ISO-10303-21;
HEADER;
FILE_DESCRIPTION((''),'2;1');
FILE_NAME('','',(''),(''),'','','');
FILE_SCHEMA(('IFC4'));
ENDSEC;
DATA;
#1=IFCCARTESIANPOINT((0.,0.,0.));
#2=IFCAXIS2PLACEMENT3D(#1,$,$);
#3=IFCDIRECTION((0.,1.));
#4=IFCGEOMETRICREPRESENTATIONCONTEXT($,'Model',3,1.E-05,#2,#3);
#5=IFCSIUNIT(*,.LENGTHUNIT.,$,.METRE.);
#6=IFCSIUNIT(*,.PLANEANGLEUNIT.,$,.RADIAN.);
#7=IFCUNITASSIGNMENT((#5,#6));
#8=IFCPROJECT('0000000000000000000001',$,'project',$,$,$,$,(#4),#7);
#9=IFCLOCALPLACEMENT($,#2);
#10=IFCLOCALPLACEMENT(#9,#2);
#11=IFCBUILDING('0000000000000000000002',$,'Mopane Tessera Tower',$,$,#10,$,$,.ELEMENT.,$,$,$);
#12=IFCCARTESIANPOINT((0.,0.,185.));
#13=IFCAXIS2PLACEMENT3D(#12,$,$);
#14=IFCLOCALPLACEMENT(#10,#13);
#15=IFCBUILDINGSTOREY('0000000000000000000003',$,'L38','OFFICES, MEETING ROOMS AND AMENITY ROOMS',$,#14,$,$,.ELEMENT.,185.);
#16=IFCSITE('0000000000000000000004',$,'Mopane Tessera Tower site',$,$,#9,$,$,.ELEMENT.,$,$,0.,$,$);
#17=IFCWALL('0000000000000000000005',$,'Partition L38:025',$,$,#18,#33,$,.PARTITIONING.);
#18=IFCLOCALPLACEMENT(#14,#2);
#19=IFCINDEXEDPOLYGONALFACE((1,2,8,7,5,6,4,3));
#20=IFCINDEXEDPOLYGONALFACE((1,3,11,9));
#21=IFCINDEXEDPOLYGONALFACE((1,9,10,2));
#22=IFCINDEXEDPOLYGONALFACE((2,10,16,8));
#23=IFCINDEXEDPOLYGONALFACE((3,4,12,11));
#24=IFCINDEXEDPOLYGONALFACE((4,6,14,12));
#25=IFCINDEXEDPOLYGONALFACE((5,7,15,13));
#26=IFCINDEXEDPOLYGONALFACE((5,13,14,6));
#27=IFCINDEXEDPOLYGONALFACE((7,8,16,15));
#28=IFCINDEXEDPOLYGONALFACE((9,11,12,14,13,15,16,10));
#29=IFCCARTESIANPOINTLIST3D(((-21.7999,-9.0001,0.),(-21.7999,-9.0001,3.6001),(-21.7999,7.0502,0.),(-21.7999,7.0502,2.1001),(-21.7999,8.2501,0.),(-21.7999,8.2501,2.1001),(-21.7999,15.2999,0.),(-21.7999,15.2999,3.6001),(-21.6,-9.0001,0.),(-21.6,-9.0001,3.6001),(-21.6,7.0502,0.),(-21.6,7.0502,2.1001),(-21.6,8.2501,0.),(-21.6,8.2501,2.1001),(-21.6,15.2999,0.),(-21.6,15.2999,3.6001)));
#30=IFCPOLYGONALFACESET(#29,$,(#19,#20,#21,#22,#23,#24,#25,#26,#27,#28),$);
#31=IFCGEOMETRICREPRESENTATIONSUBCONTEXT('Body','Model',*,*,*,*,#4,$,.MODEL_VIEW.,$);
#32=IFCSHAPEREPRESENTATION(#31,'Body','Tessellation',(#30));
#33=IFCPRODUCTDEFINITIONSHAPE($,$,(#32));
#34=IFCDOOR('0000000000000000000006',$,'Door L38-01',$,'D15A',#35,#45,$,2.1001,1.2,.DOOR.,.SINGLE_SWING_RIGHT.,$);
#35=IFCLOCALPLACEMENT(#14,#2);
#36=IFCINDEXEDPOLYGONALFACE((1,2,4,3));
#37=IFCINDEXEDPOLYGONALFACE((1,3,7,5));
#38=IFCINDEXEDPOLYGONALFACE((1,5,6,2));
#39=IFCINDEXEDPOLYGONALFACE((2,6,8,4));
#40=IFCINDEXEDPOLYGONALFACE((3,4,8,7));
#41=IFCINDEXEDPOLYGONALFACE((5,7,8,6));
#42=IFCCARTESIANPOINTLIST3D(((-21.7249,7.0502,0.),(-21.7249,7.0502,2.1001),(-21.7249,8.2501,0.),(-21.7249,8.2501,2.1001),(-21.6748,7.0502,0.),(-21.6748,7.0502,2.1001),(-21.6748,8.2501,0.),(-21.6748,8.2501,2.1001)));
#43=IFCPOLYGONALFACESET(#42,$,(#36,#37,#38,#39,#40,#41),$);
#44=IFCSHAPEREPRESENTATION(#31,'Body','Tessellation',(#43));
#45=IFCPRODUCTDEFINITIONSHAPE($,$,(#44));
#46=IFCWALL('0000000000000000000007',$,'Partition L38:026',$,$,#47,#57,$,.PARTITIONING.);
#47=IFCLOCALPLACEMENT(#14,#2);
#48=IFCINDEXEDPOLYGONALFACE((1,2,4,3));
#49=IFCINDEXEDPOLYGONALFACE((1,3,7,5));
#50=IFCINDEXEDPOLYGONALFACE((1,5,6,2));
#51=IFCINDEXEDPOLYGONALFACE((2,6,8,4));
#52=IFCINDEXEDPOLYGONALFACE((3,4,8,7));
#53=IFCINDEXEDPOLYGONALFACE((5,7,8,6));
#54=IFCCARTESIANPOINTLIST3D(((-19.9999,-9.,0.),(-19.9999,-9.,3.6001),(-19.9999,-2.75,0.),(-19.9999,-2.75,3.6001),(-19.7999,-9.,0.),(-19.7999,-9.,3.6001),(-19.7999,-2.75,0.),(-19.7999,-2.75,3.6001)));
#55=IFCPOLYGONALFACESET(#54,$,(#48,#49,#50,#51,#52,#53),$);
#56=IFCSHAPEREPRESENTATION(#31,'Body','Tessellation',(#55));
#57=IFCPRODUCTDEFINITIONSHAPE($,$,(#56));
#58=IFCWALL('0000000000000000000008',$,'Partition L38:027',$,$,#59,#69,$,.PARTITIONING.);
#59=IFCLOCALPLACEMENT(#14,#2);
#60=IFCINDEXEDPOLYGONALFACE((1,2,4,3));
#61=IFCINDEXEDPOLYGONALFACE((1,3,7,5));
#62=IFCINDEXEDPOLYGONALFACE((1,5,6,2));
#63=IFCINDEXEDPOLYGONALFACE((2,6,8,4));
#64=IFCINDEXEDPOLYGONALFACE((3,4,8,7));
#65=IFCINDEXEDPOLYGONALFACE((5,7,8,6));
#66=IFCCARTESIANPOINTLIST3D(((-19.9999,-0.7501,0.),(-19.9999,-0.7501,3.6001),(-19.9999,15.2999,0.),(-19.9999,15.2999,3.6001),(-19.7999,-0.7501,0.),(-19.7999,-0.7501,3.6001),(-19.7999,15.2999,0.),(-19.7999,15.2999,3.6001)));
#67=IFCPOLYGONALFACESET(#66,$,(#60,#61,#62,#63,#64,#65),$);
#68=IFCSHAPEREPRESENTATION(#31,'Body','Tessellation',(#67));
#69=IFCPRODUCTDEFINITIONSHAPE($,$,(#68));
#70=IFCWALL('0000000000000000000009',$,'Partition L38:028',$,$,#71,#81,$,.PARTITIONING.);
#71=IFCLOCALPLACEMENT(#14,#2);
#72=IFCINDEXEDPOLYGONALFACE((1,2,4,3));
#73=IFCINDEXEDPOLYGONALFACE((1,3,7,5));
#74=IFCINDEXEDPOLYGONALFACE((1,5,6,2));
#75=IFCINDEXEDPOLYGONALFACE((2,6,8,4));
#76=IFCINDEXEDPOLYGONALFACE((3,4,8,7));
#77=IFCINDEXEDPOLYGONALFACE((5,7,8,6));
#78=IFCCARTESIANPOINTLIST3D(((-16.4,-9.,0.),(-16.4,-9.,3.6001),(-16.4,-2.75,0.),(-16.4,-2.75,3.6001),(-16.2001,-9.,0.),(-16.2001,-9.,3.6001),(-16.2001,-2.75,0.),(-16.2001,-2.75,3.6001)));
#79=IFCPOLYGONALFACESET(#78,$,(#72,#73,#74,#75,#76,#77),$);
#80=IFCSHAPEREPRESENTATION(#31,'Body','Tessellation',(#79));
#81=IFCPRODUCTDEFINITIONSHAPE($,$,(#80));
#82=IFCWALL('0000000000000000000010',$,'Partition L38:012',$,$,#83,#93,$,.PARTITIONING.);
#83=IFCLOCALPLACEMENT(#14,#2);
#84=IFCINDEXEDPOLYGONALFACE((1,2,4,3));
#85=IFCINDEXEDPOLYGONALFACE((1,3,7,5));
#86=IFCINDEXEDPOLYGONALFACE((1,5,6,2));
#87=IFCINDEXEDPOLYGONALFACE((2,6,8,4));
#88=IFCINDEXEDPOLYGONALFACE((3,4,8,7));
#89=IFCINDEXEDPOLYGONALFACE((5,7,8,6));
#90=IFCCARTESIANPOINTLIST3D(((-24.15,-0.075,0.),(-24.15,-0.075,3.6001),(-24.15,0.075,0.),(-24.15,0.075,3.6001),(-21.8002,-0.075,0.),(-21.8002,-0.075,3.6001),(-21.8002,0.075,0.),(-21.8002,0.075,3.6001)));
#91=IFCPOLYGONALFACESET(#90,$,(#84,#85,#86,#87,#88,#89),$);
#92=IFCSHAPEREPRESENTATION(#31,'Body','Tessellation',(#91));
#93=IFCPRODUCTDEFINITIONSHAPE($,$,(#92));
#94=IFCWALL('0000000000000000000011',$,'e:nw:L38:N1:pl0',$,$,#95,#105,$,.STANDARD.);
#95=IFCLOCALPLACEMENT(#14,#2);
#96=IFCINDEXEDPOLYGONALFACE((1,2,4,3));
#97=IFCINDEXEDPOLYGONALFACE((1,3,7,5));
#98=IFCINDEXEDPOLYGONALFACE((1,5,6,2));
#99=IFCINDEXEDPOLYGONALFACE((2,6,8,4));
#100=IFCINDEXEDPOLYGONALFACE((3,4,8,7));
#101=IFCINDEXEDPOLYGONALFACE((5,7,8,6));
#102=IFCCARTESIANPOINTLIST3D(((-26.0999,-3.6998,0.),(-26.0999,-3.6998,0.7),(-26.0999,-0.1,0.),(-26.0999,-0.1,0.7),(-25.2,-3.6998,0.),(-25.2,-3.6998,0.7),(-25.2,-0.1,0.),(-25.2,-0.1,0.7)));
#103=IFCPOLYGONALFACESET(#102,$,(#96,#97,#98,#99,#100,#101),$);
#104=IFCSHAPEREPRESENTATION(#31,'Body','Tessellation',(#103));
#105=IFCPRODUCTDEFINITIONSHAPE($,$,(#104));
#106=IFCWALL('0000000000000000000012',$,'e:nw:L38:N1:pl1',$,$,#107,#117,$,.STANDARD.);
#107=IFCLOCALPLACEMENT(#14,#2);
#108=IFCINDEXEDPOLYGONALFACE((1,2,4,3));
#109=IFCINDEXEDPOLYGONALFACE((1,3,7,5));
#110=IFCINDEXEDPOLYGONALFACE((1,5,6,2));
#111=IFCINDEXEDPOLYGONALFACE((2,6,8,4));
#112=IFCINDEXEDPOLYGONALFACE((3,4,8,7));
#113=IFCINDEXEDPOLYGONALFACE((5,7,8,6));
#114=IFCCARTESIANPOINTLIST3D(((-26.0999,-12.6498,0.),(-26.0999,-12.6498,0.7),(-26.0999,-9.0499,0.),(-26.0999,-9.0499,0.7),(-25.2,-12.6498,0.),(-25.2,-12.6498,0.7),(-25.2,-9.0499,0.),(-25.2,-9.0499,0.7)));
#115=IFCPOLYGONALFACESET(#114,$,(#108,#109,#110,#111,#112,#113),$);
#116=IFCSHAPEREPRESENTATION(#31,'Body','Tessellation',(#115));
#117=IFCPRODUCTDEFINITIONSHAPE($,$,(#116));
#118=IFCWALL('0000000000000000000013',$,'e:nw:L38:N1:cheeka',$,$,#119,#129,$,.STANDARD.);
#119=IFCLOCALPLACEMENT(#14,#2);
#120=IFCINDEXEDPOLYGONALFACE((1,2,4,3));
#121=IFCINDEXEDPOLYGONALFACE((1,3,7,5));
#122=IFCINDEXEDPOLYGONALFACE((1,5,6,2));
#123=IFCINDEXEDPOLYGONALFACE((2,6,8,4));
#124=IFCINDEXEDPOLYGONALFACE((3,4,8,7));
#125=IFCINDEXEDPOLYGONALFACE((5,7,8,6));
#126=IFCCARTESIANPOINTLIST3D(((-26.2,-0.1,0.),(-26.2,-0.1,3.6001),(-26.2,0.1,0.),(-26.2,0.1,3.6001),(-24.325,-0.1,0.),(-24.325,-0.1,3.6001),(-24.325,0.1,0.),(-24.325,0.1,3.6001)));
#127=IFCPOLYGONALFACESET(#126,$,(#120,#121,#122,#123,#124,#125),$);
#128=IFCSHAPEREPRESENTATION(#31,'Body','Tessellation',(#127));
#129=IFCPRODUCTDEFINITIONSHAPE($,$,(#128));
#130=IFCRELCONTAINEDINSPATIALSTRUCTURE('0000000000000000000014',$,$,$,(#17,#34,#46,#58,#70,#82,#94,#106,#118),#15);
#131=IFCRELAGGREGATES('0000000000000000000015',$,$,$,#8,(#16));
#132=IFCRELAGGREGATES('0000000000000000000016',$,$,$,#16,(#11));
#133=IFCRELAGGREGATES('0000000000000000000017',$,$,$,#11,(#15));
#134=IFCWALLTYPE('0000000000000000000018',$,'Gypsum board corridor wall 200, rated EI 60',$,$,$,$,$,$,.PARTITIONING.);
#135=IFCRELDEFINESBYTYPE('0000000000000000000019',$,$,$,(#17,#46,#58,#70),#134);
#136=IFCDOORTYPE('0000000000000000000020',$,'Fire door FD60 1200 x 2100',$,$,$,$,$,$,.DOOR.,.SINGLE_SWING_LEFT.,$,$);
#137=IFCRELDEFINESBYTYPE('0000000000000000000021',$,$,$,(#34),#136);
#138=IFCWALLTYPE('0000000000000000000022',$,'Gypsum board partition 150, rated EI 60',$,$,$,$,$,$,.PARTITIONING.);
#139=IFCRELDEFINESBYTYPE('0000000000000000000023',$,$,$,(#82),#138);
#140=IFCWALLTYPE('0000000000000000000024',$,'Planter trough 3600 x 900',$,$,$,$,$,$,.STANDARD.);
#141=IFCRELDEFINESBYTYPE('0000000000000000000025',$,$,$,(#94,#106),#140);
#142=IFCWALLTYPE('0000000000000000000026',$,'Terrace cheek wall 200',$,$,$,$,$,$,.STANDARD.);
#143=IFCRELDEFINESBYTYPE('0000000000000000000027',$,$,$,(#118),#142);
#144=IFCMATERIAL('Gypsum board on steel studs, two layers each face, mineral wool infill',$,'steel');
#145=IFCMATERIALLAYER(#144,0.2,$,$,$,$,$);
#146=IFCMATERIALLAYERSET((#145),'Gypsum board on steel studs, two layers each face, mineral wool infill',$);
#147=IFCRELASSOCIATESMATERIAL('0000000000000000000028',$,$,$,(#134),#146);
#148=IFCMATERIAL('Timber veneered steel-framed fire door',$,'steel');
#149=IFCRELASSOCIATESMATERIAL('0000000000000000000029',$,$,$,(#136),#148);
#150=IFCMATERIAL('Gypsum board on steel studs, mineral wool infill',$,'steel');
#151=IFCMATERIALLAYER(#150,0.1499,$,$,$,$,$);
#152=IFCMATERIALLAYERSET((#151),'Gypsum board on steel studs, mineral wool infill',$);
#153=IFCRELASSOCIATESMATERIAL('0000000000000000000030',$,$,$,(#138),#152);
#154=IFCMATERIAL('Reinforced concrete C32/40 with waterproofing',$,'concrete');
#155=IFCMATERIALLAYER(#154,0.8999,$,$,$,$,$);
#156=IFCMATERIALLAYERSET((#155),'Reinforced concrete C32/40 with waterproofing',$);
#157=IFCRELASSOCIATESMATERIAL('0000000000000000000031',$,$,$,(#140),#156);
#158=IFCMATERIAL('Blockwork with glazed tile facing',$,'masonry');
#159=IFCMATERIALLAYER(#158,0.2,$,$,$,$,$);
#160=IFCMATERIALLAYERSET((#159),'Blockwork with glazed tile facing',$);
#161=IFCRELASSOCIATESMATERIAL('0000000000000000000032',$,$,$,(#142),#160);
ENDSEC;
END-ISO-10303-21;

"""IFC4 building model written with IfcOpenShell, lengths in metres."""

from ifc_helpers import new_model, si_unit, direction, frame, frame_2d, origin, place, context, subcontext, project, spatial, rectangle, extrude, material, layer, layer_set, type_object, element, fill, save


model = new_model("IFC4")

# Units and contexts
model_context = context("Model", 3, precision=1e-05, world=origin(), true_north=direction((0.0, 1.0)))
body_context = subcontext(model_context, "Body", "Model", "MODEL_VIEW")
ifc_project = project(units=[si_unit("LENGTHUNIT", "METRE"), si_unit("PLANEANGLEUNIT", "RADIAN")], contexts=[model_context])

# Site, building, storey
site_placement = place(None, origin())
site = spatial("IfcSite", under=ifc_project, at=site_placement, Name="Mopane Tessera Tower site", CompositionType="ELEMENT", RefElevation=0.0)
building_placement = place(site_placement, origin())
building = spatial("IfcBuilding", under=site, at=building_placement, Name="Mopane Tessera Tower", CompositionType="ELEMENT")
storey_placement = place(building_placement, frame((0.0, 0.0, 185.0)))
storey = spatial("IfcBuildingStorey", under=building, at=storey_placement, Name="L38", Description="OFFICES, MEETING ROOMS AND AMENITY ROOMS", CompositionType="ELEMENT", Elevation=185.0)

# Shared definitions
ifc_material_1 = material(Name="Gypsum board on steel studs, two layers each face, mineral wool infill", Category="steel")
ifc_layer_1 = layer(ifc_material_1, 0.2)
ifc_layer_set_1 = layer_set([ifc_layer_1], Name="Gypsum board on steel studs, two layers each face, mineral wool infill")
wall_type_1 = type_object("IfcWallType", Name="Gypsum board corridor wall 200, rated EI 60", PredefinedType="PARTITIONING", material=ifc_layer_set_1)

# Wall, opening, door
wall_1_placement = place(storey_placement, frame((-21.7, -9.0, 0.0), z_axis=(0.0, 0.0, 1.0), x_axis=(0.0, 1.0, 0.0)))
wall_1 = element("IfcWall", 1, at=wall_1_placement, inside=storey, type_object=wall_type_1, Name="Partition L38:025", PredefinedType="PARTITIONING", context=body_context, shape_type="SweptSolid", body=[
    extrude(rectangle(XDim=24.3, YDim=0.2, at=frame_2d((12.1499, 0.0))), origin(), (0.0, 0.0, 1.0), 3.6001),
])
opening_placement = place(wall_1_placement, frame((16.05, 0.0, 0.0)))
opening = element("IfcOpeningElement", 2, at=opening_placement, cuts=wall_1, PredefinedType="OPENING", context=body_context, shape_type="SweptSolid", body=[
    extrude(rectangle(XDim=1.2, YDim=2.1001, at=frame_2d((0.6001, 1.05))), frame((0.0, 0.1121, 0.0), z_axis=(0.0, -1.0, 0.0), x_axis=(1.0, 0.0, 0.0)), (0.0, 0.0, 1.0), 0.2239),
])
ifc_material_2 = material(Name="Timber veneered steel-framed fire door", Category="steel")
door_type = type_object("IfcDoorType", Name="Fire door FD60 1200 x 2100", OperationType="SINGLE_SWING_LEFT", PredefinedType="DOOR", material=ifc_material_2)
door_placement = place(opening_placement, origin())
door = element("IfcDoor", 3, at=door_placement, inside=storey, type_object=door_type, Name="Door L38-01", ObjectType="D15A", OperationType="SINGLE_SWING_RIGHT", OverallHeight=2.1001, OverallWidth=1.2, PredefinedType="DOOR", context=body_context, shape_type="SweptSolid", body=[
    extrude(rectangle(XDim=1.2, YDim=2.1001, at=frame_2d((0.6001, 1.05))), frame((0.0, 0.0249, 0.0), z_axis=(0.0, -1.0, 0.0), x_axis=(1.0, 0.0, 0.0)), (0.0, 0.0, 1.0), 0.05),
])
fill(opening, door)

# Walls
wall_2_placement = place(storey_placement, frame((-19.8999, -9.0, 0.0), z_axis=(0.0, 0.0, 1.0), x_axis=(0.0, 1.0, 0.0)))
element("IfcWall", 4, at=wall_2_placement, inside=storey, type_object=wall_type_1, Name="Partition L38:026", PredefinedType="PARTITIONING", context=body_context, shape_type="SweptSolid", body=[
    extrude(rectangle(XDim=6.25, YDim=0.2, at=frame_2d((3.125, 0.0))), origin(), (0.0, 0.0, 1.0), 3.6001),
])
wall_3_placement = place(storey_placement, frame((-19.8999, -0.75, 0.0), z_axis=(0.0, 0.0, 1.0), x_axis=(0.0, 1.0, 0.0)))
element("IfcWall", 5, at=wall_3_placement, inside=storey, type_object=wall_type_1, Name="Partition L38:027", PredefinedType="PARTITIONING", context=body_context, shape_type="SweptSolid", body=[
    extrude(rectangle(XDim=16.05, YDim=0.2, at=frame_2d((8.0249, 0.0))), origin(), (0.0, 0.0, 1.0), 3.6001),
])
wall_4_placement = place(storey_placement, frame((-16.3, -9.0, 0.0), z_axis=(0.0, 0.0, 1.0), x_axis=(0.0, 1.0, 0.0)))
element("IfcWall", 6, at=wall_4_placement, inside=storey, type_object=wall_type_1, Name="Partition L38:028", PredefinedType="PARTITIONING", context=body_context, shape_type="SweptSolid", body=[
    extrude(rectangle(XDim=6.25, YDim=0.2, at=frame_2d((3.125, 0.0))), origin(), (0.0, 0.0, 1.0), 3.6001),
])
ifc_material_3 = material(Name="Gypsum board on steel studs, mineral wool infill", Category="steel")
ifc_layer_2 = layer(ifc_material_3, 0.1499)
ifc_layer_set_2 = layer_set([ifc_layer_2], Name="Gypsum board on steel studs, mineral wool infill")
wall_type_2 = type_object("IfcWallType", Name="Gypsum board partition 150, rated EI 60", PredefinedType="PARTITIONING", material=ifc_layer_set_2)
wall_5_placement = place(storey_placement, frame((-24.1499, 0.0, 0.0), z_axis=(0.0, 0.0, 1.0), x_axis=(1.0, 0.0, 0.0)))
element("IfcWall", 7, at=wall_5_placement, inside=storey, type_object=wall_type_2, Name="Partition L38:012", PredefinedType="PARTITIONING", context=body_context, shape_type="SweptSolid", body=[
    extrude(rectangle(XDim=2.3499, YDim=0.1499, at=frame_2d((1.1748, 0.0))), origin(), (0.0, 0.0, 1.0), 3.6001),
])
ifc_material_4 = material(Name="Reinforced concrete C32/40 with waterproofing", Category="concrete")
ifc_layer_3 = layer(ifc_material_4, 0.8999)
ifc_layer_set_3 = layer_set([ifc_layer_3], Name="Reinforced concrete C32/40 with waterproofing")
wall_type_3 = type_object("IfcWallType", Name="Planter trough 3600 x 900", PredefinedType="STANDARD", material=ifc_layer_set_3)
for number, where, z_axis, x_axis, name in (
    (8, (-25.6499, -0.1001, 0.0), (0.0, 0.0, 1.0), (0.0, -1.0, 0.0), "e:nw:L38:N1:pl0"),
    (9, (-25.6499, -9.05, 0.0), (0.0, 0.0, 1.0), (0.0, -1.0, 0.0), "e:nw:L38:N1:pl1"),
):
    element("IfcWall", number, at=place(storey_placement, frame(where, z_axis=z_axis, x_axis=x_axis)), inside=storey, type_object=wall_type_3, Name=name, PredefinedType="STANDARD", context=body_context, shape_type="SweptSolid", body=[
        extrude(rectangle(XDim=3.5999, YDim=0.8999, at=frame_2d((1.7998, 0.0))), origin(), (0.0, 0.0, 1.0), 0.7),
    ])
ifc_material_5 = material(Name="Blockwork with glazed tile facing", Category="masonry")
ifc_layer_4 = layer(ifc_material_5, 0.2)
ifc_layer_set_4 = layer_set([ifc_layer_4], Name="Blockwork with glazed tile facing")
wall_type_4 = type_object("IfcWallType", Name="Terrace cheek wall 200", PredefinedType="STANDARD", material=ifc_layer_set_4)
wall_6_placement = place(storey_placement, frame((-26.2, 0.0, 0.0), z_axis=(0.0, 0.0, 1.0), x_axis=(1.0, 0.0, 0.0)))
element("IfcWall", 10, at=wall_6_placement, inside=storey, type_object=wall_type_4, Name="e:nw:L38:N1:cheeka", PredefinedType="STANDARD", context=body_context, shape_type="SweptSolid", body=[
    extrude(rectangle(XDim=1.875, YDim=0.2, at=frame_2d((0.9375, 0.0))), origin(), (0.0, 0.0, 1.0), 3.6001),
])

save(model, "model.ifc")
